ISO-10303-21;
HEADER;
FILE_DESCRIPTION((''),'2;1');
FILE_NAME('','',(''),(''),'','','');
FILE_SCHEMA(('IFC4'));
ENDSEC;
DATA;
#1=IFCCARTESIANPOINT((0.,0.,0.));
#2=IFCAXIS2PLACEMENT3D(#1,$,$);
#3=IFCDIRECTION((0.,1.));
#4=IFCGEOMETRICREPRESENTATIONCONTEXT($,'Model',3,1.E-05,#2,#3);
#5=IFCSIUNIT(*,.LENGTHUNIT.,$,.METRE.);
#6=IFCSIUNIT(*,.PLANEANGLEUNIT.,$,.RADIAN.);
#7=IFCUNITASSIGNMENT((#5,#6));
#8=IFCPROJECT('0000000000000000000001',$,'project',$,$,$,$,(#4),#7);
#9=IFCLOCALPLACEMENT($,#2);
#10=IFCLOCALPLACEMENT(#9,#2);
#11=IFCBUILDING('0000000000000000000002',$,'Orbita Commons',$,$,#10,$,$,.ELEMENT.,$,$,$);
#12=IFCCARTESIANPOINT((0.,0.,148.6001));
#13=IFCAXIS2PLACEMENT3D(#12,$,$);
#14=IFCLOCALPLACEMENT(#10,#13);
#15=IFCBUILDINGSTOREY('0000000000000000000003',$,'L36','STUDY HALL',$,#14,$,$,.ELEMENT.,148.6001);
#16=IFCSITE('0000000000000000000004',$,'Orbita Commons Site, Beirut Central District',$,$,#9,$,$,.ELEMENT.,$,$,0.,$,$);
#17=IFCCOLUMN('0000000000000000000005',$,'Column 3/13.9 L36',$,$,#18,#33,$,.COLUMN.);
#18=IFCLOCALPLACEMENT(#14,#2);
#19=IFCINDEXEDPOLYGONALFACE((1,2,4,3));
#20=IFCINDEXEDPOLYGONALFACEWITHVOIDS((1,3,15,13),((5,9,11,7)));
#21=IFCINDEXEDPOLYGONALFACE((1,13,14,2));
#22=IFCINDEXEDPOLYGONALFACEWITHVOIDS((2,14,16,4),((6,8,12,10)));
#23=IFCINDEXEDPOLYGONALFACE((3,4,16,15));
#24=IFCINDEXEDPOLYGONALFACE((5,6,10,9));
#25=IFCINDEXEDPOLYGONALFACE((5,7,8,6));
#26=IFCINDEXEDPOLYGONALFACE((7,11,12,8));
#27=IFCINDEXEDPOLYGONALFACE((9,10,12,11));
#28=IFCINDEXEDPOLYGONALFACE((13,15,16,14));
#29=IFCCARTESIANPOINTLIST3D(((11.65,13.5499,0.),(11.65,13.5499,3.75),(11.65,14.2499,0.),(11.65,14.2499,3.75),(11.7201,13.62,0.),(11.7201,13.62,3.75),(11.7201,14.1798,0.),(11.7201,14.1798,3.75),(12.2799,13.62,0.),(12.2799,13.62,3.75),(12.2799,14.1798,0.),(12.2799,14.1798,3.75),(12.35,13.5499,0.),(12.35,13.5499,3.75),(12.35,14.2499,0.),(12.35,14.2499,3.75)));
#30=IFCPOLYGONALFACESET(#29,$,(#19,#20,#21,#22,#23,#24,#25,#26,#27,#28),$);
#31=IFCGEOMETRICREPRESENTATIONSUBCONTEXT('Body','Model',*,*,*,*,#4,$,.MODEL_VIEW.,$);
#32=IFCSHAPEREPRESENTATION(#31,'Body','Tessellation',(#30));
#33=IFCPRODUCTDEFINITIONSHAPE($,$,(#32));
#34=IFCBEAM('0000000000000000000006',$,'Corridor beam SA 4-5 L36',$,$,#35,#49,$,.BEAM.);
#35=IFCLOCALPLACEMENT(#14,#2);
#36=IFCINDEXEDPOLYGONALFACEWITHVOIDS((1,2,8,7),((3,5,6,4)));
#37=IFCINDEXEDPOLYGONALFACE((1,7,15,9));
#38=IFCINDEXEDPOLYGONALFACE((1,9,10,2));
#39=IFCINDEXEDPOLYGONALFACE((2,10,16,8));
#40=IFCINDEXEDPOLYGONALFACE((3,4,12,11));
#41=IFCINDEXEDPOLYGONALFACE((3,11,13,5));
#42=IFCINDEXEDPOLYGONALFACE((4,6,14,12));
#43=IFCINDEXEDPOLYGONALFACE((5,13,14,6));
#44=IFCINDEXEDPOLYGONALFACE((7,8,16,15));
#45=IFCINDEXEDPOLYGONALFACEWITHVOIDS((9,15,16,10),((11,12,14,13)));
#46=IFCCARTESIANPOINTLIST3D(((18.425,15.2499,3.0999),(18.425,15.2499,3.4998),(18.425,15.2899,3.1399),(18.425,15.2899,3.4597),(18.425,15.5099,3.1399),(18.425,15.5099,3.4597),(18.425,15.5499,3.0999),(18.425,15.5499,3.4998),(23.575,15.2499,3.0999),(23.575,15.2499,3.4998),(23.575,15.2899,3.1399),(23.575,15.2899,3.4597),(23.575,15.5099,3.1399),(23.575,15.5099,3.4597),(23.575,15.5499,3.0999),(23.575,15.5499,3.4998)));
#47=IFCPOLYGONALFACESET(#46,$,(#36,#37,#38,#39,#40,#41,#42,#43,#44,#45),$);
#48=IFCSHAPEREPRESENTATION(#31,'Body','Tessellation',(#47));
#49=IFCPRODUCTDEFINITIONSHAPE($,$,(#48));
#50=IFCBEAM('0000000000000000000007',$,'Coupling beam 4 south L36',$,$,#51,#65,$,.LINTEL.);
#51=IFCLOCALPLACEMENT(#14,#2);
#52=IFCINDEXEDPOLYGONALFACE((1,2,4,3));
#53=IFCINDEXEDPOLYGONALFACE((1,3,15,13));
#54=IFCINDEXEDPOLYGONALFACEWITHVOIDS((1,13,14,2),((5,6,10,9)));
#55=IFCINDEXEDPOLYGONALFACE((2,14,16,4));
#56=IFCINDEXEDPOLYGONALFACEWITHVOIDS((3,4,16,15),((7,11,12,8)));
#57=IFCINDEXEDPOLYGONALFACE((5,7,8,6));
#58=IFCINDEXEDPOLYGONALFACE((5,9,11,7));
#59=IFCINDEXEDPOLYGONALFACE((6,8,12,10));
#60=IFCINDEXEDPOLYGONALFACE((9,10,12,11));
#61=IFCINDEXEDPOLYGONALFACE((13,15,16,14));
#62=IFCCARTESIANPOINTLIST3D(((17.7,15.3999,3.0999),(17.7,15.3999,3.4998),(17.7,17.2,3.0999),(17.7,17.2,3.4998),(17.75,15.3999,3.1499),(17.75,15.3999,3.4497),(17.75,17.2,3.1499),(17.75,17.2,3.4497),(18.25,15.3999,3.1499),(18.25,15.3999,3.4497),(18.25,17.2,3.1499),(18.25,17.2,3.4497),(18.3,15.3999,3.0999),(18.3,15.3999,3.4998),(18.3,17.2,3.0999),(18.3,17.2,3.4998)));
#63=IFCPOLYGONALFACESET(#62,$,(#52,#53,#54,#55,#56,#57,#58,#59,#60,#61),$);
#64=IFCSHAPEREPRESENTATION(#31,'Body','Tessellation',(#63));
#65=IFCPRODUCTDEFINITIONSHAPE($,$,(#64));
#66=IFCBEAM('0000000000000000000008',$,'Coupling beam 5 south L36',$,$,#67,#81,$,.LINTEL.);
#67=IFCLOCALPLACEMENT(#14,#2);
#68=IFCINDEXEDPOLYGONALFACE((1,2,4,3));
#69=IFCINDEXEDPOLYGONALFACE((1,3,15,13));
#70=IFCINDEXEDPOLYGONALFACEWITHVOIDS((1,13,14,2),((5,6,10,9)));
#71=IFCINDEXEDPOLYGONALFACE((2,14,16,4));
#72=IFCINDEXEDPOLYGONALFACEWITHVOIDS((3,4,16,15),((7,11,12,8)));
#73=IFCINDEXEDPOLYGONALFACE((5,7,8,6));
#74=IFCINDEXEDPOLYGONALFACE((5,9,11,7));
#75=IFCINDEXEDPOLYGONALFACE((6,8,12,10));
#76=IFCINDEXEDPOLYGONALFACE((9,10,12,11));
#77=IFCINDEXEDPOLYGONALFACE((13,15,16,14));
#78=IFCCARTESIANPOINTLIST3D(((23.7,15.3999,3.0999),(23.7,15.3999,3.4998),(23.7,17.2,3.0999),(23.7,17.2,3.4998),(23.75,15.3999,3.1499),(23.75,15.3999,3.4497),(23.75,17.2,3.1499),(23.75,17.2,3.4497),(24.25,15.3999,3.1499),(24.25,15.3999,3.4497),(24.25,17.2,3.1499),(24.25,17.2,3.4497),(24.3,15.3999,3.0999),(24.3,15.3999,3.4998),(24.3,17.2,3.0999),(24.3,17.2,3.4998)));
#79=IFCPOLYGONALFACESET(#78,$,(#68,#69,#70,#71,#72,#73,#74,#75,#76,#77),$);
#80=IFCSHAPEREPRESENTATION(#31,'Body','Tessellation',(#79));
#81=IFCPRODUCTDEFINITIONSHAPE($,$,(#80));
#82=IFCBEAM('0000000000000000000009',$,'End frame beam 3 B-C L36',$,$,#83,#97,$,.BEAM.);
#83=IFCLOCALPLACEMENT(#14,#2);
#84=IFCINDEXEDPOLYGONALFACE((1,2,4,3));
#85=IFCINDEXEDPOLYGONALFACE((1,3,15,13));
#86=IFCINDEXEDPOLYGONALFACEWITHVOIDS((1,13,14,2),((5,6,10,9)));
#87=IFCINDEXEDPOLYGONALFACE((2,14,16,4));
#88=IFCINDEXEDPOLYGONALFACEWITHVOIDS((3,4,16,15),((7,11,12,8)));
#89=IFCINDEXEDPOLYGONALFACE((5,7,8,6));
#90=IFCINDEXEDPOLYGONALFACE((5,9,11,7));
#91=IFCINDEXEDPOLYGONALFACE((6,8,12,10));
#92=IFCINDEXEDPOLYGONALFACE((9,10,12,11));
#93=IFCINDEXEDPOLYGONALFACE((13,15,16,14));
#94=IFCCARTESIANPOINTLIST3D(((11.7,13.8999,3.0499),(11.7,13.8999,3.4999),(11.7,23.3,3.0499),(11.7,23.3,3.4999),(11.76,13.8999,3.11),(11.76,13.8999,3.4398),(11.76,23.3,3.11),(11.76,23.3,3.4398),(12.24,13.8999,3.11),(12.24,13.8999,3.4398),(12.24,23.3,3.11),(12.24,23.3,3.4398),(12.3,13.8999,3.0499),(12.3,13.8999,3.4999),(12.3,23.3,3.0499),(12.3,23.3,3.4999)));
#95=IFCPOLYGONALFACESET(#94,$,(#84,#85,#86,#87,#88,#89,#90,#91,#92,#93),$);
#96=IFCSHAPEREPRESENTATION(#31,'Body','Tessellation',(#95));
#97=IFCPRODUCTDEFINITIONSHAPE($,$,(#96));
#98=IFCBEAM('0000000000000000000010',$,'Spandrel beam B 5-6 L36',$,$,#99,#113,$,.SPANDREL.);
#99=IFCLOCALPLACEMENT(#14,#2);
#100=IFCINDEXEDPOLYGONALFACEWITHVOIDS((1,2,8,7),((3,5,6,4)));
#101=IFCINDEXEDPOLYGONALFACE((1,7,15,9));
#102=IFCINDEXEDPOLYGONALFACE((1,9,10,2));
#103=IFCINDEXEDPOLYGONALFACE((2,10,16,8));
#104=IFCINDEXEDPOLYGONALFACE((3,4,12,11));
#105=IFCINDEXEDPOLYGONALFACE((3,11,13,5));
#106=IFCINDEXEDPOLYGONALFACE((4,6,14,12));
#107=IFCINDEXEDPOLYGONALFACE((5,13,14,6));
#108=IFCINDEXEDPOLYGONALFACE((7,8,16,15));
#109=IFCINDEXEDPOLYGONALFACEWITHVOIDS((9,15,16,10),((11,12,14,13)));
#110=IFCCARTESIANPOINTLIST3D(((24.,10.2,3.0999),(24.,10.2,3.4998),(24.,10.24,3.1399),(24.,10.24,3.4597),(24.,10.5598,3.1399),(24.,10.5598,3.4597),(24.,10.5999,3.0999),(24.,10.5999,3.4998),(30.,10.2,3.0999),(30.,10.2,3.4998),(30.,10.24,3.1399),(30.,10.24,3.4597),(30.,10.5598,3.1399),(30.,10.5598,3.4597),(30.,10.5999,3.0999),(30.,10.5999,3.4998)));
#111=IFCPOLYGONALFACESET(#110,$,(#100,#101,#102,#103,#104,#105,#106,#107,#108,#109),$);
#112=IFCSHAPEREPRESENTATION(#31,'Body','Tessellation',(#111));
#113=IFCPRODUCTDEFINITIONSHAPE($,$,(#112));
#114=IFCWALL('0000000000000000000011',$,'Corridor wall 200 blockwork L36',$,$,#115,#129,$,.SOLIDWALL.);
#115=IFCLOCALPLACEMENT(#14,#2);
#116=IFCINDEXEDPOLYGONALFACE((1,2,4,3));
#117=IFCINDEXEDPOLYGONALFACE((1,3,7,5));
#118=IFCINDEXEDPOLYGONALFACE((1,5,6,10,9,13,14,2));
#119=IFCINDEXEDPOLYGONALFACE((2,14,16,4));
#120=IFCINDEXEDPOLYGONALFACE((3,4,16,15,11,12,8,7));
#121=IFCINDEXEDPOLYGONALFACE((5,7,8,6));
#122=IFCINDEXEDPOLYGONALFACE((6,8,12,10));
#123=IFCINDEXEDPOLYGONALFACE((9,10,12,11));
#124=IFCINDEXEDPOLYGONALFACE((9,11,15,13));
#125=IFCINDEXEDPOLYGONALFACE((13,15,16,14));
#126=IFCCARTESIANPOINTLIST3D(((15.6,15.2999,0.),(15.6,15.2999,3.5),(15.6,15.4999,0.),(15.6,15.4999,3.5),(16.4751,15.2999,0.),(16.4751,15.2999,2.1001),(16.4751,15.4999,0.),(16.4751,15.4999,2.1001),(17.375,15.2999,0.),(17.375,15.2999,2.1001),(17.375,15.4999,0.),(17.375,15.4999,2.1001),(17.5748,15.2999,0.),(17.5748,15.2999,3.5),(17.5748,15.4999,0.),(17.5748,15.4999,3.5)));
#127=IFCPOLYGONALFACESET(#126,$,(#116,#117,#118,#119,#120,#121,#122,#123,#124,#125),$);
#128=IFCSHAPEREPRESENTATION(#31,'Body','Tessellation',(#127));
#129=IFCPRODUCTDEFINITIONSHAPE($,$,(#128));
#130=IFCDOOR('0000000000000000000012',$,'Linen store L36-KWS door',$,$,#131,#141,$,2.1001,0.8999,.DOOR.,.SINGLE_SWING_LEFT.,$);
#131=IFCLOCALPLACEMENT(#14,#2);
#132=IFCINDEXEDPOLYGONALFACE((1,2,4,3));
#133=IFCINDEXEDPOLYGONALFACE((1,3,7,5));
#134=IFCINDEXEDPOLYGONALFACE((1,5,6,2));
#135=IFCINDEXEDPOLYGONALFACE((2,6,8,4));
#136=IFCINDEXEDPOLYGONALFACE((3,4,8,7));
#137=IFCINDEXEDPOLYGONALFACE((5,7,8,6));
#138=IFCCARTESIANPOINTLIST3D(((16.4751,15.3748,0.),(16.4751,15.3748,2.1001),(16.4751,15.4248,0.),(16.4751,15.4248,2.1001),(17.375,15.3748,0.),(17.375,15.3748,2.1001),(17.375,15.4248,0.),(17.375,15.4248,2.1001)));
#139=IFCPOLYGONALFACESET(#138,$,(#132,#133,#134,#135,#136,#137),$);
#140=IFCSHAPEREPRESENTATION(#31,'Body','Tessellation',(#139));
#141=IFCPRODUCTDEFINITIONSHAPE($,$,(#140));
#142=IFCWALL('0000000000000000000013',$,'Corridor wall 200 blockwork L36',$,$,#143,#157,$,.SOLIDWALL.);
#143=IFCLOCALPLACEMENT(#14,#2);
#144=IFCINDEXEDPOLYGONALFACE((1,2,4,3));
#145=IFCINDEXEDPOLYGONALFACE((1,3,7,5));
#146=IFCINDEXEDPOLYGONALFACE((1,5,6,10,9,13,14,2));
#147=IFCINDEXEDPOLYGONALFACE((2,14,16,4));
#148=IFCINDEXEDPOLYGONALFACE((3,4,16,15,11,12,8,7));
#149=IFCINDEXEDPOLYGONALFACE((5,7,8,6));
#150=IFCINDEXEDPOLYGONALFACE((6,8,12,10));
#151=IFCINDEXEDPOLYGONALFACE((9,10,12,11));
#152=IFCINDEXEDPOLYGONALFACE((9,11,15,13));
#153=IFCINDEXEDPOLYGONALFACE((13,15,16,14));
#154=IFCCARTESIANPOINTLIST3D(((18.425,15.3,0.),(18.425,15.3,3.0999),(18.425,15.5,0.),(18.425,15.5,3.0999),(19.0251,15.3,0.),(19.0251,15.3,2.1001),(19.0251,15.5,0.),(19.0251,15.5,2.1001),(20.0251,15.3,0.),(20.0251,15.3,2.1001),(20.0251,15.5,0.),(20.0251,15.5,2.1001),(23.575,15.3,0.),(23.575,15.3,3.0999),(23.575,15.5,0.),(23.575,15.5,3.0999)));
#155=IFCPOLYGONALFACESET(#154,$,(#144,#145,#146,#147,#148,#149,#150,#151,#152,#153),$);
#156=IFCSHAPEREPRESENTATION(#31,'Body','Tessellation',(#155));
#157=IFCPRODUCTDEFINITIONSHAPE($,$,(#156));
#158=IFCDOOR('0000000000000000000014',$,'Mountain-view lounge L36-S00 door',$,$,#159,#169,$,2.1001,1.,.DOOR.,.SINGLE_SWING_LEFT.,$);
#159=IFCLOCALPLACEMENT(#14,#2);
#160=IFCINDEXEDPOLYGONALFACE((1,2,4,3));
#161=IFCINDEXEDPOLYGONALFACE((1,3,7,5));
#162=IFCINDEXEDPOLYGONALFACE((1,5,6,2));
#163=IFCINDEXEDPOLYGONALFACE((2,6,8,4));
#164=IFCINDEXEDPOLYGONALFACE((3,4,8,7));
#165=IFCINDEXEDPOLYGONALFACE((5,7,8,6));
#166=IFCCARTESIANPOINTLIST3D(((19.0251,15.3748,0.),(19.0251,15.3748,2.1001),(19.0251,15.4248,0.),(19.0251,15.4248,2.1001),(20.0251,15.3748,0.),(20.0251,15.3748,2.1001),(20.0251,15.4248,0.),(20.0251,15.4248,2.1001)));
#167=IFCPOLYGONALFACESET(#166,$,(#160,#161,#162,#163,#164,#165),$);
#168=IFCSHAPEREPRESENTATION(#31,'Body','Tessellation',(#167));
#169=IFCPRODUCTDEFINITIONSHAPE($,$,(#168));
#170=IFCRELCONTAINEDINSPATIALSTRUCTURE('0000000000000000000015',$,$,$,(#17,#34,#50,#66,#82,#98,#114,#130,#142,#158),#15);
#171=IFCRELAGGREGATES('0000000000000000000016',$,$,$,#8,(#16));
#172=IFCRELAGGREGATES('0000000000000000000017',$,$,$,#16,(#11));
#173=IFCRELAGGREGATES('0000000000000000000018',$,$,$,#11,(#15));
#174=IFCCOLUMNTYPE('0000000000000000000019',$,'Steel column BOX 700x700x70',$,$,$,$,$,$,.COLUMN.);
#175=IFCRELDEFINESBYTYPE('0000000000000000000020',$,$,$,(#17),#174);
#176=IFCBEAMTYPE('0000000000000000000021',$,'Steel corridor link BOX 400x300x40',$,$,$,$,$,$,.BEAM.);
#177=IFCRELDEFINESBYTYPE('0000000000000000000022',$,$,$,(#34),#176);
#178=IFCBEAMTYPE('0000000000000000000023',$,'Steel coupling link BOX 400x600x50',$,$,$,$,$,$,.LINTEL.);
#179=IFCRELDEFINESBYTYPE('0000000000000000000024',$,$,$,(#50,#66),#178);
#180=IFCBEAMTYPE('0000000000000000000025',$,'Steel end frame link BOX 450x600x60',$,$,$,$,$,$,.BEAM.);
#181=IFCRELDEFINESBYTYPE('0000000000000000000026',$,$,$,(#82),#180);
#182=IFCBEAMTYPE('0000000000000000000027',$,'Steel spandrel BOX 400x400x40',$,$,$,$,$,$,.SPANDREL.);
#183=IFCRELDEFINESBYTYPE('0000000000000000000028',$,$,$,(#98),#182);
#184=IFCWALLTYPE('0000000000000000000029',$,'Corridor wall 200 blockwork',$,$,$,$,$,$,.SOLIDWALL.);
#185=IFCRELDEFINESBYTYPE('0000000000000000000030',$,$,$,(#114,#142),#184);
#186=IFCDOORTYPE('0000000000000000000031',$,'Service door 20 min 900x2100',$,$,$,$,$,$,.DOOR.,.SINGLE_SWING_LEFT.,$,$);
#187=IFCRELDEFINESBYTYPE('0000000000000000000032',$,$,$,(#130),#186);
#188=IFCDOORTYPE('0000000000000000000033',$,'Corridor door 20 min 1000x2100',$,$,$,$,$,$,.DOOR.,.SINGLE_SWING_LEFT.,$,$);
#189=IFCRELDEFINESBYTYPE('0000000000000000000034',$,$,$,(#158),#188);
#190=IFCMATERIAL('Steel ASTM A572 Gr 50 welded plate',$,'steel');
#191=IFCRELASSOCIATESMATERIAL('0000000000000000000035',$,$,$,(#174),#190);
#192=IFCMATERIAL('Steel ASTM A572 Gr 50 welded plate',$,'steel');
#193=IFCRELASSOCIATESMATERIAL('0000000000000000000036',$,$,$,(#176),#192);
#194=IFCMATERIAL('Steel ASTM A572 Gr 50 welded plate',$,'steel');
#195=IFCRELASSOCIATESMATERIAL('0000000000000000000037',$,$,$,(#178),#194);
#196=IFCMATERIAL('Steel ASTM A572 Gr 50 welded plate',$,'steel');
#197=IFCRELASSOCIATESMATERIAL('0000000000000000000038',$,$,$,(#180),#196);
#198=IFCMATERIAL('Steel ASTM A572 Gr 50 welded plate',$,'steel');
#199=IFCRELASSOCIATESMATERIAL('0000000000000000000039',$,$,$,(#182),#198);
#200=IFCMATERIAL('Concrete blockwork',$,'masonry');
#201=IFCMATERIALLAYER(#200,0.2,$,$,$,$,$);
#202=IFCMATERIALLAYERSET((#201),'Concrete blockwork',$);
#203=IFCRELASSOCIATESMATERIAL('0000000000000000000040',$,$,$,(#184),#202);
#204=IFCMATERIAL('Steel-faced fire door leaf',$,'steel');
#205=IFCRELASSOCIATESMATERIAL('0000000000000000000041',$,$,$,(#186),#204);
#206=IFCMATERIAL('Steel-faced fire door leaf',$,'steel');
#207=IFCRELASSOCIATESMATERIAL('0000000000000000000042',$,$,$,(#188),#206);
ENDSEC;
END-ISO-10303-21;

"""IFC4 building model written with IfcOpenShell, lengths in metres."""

from ifc_helpers import new_model, si_unit, direction, frame, frame_2d, origin, origin_2d, place, context, subcontext, project, spatial, polyline, rectangle, hollow_rectangle, outline, extrude, material, layer, layer_set, material_profile, profile_set, type_object, element, fill, save


model = new_model("IFC4")

# Units and contexts
model_context = context("Model", 3, precision=1e-05, world=origin(), true_north=direction((0.0, 1.0)))
body_context = subcontext(model_context, "Body", "Model", "MODEL_VIEW")
ifc_project = project(units=[si_unit("LENGTHUNIT", "METRE"), si_unit("PLANEANGLEUNIT", "RADIAN")], contexts=[model_context])

# Site, building, storey
site_placement = place(None, origin())
site = spatial("IfcSite", under=ifc_project, at=site_placement, Name="Orbita Commons Site, Beirut Central District", CompositionType="ELEMENT", RefElevation=0.0)
building_placement = place(site_placement, origin())
building = spatial("IfcBuilding", under=site, at=building_placement, Name="Orbita Commons", CompositionType="ELEMENT")
storey_placement = place(building_placement, frame((0.0, 0.0, 148.6001)))
storey = spatial("IfcBuildingStorey", under=building, at=storey_placement, Name="L36", Description="STUDY HALL", CompositionType="ELEMENT", Elevation=148.6001)

# Column
ifc_material_1 = material(Name="Steel ASTM A572 Gr 50 welded plate", Category="steel")
ifc_material_profile_1 = material_profile(ifc_material_1, hollow_rectangle(XDim=0.7, YDim=0.7, WallThickness=0.0701, at=origin_2d()), Name="BOX 700x700x70")
ifc_profile_set_1 = profile_set([ifc_material_profile_1], Name="Steel ASTM A572 Gr 50 welded plate")
column_type = type_object("IfcColumnType", Name="Steel column BOX 700x700x70", PredefinedType="COLUMN", material=ifc_profile_set_1)
column_placement = place(storey_placement, frame((12.0, 13.8999, 0.0), z_axis=(0.0, 0.0, 1.0), x_axis=(1.0, 0.0, 0.0)))
element("IfcColumn", 1, at=column_placement, inside=storey, type_object=column_type, Name="Column 3/13.9 L36", PredefinedType="COLUMN", context=body_context, shape_type="SweptSolid", body=[
    extrude(hollow_rectangle(XDim=0.7, YDim=0.7, WallThickness=0.0701, at=origin_2d()), origin(), (0.0, 0.0, 1.0), 3.75),
])

# Beams
ifc_material_2 = material(Name="Steel ASTM A572 Gr 50 welded plate", Category="steel")
ifc_material_profile_2 = material_profile(ifc_material_2, hollow_rectangle(XDim=0.3, YDim=0.3999, WallThickness=0.04, at=origin_2d()), Name="BOX 400x300x40")
ifc_profile_set_2 = profile_set([ifc_material_profile_2], Name="Steel ASTM A572 Gr 50 welded plate")
beam_type_1 = type_object("IfcBeamType", Name="Steel corridor link BOX 400x300x40", PredefinedType="BEAM", material=ifc_profile_set_2)
beam_1_placement = place(storey_placement, frame((18.425, 15.3999, 3.2998), z_axis=(1.0, 0.0, 0.0), x_axis=(0.0, 1.0, 0.0)))
element("IfcBeam", 2, at=beam_1_placement, inside=storey, type_object=beam_type_1, Name="Corridor beam SA 4-5 L36", PredefinedType="BEAM", context=body_context, shape_type="SweptSolid", body=[
    extrude(hollow_rectangle(XDim=0.3, YDim=0.3999, WallThickness=0.04, at=origin_2d()), origin(), (0.0, 0.0, 1.0), 5.1499),
])
ifc_material_3 = material(Name="Steel ASTM A572 Gr 50 welded plate", Category="steel")
ifc_material_profile_3 = material_profile(ifc_material_3, hollow_rectangle(XDim=0.6001, YDim=0.3999, WallThickness=0.05, at=origin_2d()), Name="BOX 400x600x50")
ifc_profile_set_3 = profile_set([ifc_material_profile_3], Name="Steel ASTM A572 Gr 50 welded plate")
beam_type_2 = type_object("IfcBeamType", Name="Steel coupling link BOX 400x600x50", PredefinedType="LINTEL", material=ifc_profile_set_3)
for number, where, z_axis, x_axis, name in (
    (3, (18.0, 15.3999, 3.2998), (0.0, 1.0, 0.0), (-1.0, 0.0, 0.0), "Coupling beam 4 south L36"),
    (4, (24.0, 15.3999, 3.2998), (0.0, 1.0, 0.0), (-1.0, 0.0, 0.0), "Coupling beam 5 south L36"),
):
    element("IfcBeam", number, at=place(storey_placement, frame(where, z_axis=z_axis, x_axis=x_axis)), inside=storey, type_object=beam_type_2, Name=name, PredefinedType="LINTEL", context=body_context, shape_type="SweptSolid", body=[
        extrude(hollow_rectangle(XDim=0.6001, YDim=0.3999, WallThickness=0.05, at=origin_2d()), origin(), (0.0, 0.0, 1.0), 1.8),
    ])
ifc_material_4 = material(Name="Steel ASTM A572 Gr 50 welded plate", Category="steel")
ifc_material_profile_4 = material_profile(ifc_material_4, hollow_rectangle(XDim=0.6001, YDim=0.45, WallThickness=0.0601, at=origin_2d()), Name="BOX 450x600x60")
ifc_profile_set_4 = profile_set([ifc_material_profile_4], Name="Steel ASTM A572 Gr 50 welded plate")
beam_type_3 = type_object("IfcBeamType", Name="Steel end frame link BOX 450x600x60", PredefinedType="BEAM", material=ifc_profile_set_4)
beam_2_placement = place(storey_placement, frame((12.0, 13.8999, 3.2749), z_axis=(0.0, 1.0, 0.0), x_axis=(-1.0, 0.0, 0.0)))
element("IfcBeam", 5, at=beam_2_placement, inside=storey, type_object=beam_type_3, Name="End frame beam 3 B-C L36", PredefinedType="BEAM", context=body_context, shape_type="SweptSolid", body=[
    extrude(hollow_rectangle(XDim=0.6001, YDim=0.45, WallThickness=0.0601, at=origin_2d()), origin(), (0.0, 0.0, 1.0), 9.4001),
])
ifc_material_5 = material(Name="Steel ASTM A572 Gr 50 welded plate", Category="steel")
ifc_material_profile_5 = material_profile(ifc_material_5, hollow_rectangle(XDim=0.3999, YDim=0.3999, WallThickness=0.04, at=origin_2d()), Name="BOX 400x400x40")
ifc_profile_set_5 = profile_set([ifc_material_profile_5], Name="Steel ASTM A572 Gr 50 welded plate")
beam_type_4 = type_object("IfcBeamType", Name="Steel spandrel BOX 400x400x40", PredefinedType="SPANDREL", material=ifc_profile_set_5)
beam_3_placement = place(storey_placement, frame((24.0, 10.3999, 3.2998), z_axis=(1.0, 0.0, 0.0), x_axis=(0.0, 1.0, 0.0)))
element("IfcBeam", 6, at=beam_3_placement, inside=storey, type_object=beam_type_4, Name="Spandrel beam B 5-6 L36", PredefinedType="SPANDREL", context=body_context, shape_type="SweptSolid", body=[
    extrude(hollow_rectangle(XDim=0.3999, YDim=0.3999, WallThickness=0.04, at=origin_2d()), origin(), (0.0, 0.0, 1.0), 6.0),
])

# Walls, openings, doors
ifc_material_6 = material(Name="Concrete blockwork", Category="masonry")
ifc_layer_1 = layer(ifc_material_6, 0.2)
ifc_layer_set_1 = layer_set([ifc_layer_1], Name="Concrete blockwork")
wall_type_1 = type_object("IfcWallType", Name="Corridor wall 200 blockwork", PredefinedType="SOLIDWALL", material=ifc_layer_set_1)
wall_1_placement = place(storey_placement, frame((15.6001, 15.3999, 0.0), z_axis=(0.0, 0.0, 1.0), x_axis=(1.0, 0.0, 0.0)))
wall_1 = element("IfcWall", 7, at=wall_1_placement, inside=storey, type_object=wall_type_1, Name="Corridor wall 200 blockwork L36", PredefinedType="SOLIDWALL", context=body_context, shape_type="SweptSolid", body=[
    extrude(rectangle(XDim=1.9749, YDim=0.2, at=frame_2d((0.9873, 0.0))), origin(), (0.0, 0.0, 1.0), 3.5),
])
opening_1_placement = place(wall_1_placement, frame((0.875, 0.0, 0.0)))
opening_1 = element("IfcOpeningElement", 8, at=opening_1_placement, cuts=wall_1, PredefinedType="OPENING", context=body_context, shape_type="SweptSolid", body=[
    extrude(rectangle(XDim=0.8999, YDim=2.1001, at=frame_2d((0.45, 1.05))), frame((0.0, 0.1099, 0.0), z_axis=(0.0, -1.0, 0.0), x_axis=(1.0, 0.0, 0.0)), (0.0, 0.0, 1.0), 0.22),
])
ifc_material_7 = material(Name="Steel-faced fire door leaf", Category="steel")
door_type_1 = type_object("IfcDoorType", Name="Service door 20 min 900x2100", OperationType="SINGLE_SWING_LEFT", PredefinedType="DOOR", material=ifc_material_7)
door_1_placement = place(opening_1_placement, origin())
door_1 = element("IfcDoor", 9, at=door_1_placement, inside=storey, type_object=door_type_1, Name="Linen store L36-KWS door", OperationType="SINGLE_SWING_LEFT", OverallHeight=2.1001, OverallWidth=0.8999, PredefinedType="DOOR", context=body_context, shape_type="SweptSolid", body=[
    extrude(rectangle(XDim=0.8999, YDim=2.1001, at=frame_2d((0.45, 1.05))), frame((0.0, 0.0249, 0.0), z_axis=(0.0, -1.0, 0.0), x_axis=(1.0, 0.0, 0.0)), (0.0, 0.0, 1.0), 0.05),
])
fill(opening_1, door_1)
wall_2_placement = place(storey_placement, frame((18.425, 15.3999, 0.0), z_axis=(0.0, 0.0, 1.0), x_axis=(1.0, 0.0, 0.0)))
wall_2 = element("IfcWall", 10, at=wall_2_placement, inside=storey, type_object=wall_type_1, Name="Corridor wall 200 blockwork L36", PredefinedType="SOLIDWALL", context=body_context, shape_type="SweptSolid", body=[
    extrude(outline(polyline([(0.0, 0.0), (5.1499, 0.0), (5.1499, 3.0999), (0.0, 3.0999), (0.0, 0.0)])), frame((0.0, 0.1001, 0.0), z_axis=(0.0, -1.0, 0.0), x_axis=(1.0, 0.0, 0.0)), (0.0, 0.0, 1.0), 0.2),
])
opening_2_placement = place(wall_2_placement, frame((0.6001, 0.0, 0.0)))
opening_2 = element("IfcOpeningElement", 11, at=opening_2_placement, cuts=wall_2, PredefinedType="OPENING", context=body_context, shape_type="SweptSolid", body=[
    extrude(rectangle(XDim=1.0, YDim=2.1001, at=frame_2d((0.5, 1.05))), frame((0.0, 0.1099, 0.0), z_axis=(0.0, -1.0, 0.0), x_axis=(1.0, 0.0, 0.0)), (0.0, 0.0, 1.0), 0.22),
])
ifc_material_8 = material(Name="Steel-faced fire door leaf", Category="steel")
door_type_2 = type_object("IfcDoorType", Name="Corridor door 20 min 1000x2100", OperationType="SINGLE_SWING_LEFT", PredefinedType="DOOR", material=ifc_material_8)
door_2_placement = place(opening_2_placement, origin())
door_2 = element("IfcDoor", 12, at=door_2_placement, inside=storey, type_object=door_type_2, Name="Mountain-view lounge L36-S00 door", OperationType="SINGLE_SWING_LEFT", OverallHeight=2.1001, OverallWidth=1.0, PredefinedType="DOOR", context=body_context, shape_type="SweptSolid", body=[
    extrude(rectangle(XDim=1.0, YDim=2.1001, at=frame_2d((0.5, 1.05))), frame((0.0, 0.0249, 0.0), z_axis=(0.0, -1.0, 0.0), x_axis=(1.0, 0.0, 0.0)), (0.0, 0.0, 1.0), 0.05),
])
fill(opening_2, door_2)

save(model, "model.ifc")
